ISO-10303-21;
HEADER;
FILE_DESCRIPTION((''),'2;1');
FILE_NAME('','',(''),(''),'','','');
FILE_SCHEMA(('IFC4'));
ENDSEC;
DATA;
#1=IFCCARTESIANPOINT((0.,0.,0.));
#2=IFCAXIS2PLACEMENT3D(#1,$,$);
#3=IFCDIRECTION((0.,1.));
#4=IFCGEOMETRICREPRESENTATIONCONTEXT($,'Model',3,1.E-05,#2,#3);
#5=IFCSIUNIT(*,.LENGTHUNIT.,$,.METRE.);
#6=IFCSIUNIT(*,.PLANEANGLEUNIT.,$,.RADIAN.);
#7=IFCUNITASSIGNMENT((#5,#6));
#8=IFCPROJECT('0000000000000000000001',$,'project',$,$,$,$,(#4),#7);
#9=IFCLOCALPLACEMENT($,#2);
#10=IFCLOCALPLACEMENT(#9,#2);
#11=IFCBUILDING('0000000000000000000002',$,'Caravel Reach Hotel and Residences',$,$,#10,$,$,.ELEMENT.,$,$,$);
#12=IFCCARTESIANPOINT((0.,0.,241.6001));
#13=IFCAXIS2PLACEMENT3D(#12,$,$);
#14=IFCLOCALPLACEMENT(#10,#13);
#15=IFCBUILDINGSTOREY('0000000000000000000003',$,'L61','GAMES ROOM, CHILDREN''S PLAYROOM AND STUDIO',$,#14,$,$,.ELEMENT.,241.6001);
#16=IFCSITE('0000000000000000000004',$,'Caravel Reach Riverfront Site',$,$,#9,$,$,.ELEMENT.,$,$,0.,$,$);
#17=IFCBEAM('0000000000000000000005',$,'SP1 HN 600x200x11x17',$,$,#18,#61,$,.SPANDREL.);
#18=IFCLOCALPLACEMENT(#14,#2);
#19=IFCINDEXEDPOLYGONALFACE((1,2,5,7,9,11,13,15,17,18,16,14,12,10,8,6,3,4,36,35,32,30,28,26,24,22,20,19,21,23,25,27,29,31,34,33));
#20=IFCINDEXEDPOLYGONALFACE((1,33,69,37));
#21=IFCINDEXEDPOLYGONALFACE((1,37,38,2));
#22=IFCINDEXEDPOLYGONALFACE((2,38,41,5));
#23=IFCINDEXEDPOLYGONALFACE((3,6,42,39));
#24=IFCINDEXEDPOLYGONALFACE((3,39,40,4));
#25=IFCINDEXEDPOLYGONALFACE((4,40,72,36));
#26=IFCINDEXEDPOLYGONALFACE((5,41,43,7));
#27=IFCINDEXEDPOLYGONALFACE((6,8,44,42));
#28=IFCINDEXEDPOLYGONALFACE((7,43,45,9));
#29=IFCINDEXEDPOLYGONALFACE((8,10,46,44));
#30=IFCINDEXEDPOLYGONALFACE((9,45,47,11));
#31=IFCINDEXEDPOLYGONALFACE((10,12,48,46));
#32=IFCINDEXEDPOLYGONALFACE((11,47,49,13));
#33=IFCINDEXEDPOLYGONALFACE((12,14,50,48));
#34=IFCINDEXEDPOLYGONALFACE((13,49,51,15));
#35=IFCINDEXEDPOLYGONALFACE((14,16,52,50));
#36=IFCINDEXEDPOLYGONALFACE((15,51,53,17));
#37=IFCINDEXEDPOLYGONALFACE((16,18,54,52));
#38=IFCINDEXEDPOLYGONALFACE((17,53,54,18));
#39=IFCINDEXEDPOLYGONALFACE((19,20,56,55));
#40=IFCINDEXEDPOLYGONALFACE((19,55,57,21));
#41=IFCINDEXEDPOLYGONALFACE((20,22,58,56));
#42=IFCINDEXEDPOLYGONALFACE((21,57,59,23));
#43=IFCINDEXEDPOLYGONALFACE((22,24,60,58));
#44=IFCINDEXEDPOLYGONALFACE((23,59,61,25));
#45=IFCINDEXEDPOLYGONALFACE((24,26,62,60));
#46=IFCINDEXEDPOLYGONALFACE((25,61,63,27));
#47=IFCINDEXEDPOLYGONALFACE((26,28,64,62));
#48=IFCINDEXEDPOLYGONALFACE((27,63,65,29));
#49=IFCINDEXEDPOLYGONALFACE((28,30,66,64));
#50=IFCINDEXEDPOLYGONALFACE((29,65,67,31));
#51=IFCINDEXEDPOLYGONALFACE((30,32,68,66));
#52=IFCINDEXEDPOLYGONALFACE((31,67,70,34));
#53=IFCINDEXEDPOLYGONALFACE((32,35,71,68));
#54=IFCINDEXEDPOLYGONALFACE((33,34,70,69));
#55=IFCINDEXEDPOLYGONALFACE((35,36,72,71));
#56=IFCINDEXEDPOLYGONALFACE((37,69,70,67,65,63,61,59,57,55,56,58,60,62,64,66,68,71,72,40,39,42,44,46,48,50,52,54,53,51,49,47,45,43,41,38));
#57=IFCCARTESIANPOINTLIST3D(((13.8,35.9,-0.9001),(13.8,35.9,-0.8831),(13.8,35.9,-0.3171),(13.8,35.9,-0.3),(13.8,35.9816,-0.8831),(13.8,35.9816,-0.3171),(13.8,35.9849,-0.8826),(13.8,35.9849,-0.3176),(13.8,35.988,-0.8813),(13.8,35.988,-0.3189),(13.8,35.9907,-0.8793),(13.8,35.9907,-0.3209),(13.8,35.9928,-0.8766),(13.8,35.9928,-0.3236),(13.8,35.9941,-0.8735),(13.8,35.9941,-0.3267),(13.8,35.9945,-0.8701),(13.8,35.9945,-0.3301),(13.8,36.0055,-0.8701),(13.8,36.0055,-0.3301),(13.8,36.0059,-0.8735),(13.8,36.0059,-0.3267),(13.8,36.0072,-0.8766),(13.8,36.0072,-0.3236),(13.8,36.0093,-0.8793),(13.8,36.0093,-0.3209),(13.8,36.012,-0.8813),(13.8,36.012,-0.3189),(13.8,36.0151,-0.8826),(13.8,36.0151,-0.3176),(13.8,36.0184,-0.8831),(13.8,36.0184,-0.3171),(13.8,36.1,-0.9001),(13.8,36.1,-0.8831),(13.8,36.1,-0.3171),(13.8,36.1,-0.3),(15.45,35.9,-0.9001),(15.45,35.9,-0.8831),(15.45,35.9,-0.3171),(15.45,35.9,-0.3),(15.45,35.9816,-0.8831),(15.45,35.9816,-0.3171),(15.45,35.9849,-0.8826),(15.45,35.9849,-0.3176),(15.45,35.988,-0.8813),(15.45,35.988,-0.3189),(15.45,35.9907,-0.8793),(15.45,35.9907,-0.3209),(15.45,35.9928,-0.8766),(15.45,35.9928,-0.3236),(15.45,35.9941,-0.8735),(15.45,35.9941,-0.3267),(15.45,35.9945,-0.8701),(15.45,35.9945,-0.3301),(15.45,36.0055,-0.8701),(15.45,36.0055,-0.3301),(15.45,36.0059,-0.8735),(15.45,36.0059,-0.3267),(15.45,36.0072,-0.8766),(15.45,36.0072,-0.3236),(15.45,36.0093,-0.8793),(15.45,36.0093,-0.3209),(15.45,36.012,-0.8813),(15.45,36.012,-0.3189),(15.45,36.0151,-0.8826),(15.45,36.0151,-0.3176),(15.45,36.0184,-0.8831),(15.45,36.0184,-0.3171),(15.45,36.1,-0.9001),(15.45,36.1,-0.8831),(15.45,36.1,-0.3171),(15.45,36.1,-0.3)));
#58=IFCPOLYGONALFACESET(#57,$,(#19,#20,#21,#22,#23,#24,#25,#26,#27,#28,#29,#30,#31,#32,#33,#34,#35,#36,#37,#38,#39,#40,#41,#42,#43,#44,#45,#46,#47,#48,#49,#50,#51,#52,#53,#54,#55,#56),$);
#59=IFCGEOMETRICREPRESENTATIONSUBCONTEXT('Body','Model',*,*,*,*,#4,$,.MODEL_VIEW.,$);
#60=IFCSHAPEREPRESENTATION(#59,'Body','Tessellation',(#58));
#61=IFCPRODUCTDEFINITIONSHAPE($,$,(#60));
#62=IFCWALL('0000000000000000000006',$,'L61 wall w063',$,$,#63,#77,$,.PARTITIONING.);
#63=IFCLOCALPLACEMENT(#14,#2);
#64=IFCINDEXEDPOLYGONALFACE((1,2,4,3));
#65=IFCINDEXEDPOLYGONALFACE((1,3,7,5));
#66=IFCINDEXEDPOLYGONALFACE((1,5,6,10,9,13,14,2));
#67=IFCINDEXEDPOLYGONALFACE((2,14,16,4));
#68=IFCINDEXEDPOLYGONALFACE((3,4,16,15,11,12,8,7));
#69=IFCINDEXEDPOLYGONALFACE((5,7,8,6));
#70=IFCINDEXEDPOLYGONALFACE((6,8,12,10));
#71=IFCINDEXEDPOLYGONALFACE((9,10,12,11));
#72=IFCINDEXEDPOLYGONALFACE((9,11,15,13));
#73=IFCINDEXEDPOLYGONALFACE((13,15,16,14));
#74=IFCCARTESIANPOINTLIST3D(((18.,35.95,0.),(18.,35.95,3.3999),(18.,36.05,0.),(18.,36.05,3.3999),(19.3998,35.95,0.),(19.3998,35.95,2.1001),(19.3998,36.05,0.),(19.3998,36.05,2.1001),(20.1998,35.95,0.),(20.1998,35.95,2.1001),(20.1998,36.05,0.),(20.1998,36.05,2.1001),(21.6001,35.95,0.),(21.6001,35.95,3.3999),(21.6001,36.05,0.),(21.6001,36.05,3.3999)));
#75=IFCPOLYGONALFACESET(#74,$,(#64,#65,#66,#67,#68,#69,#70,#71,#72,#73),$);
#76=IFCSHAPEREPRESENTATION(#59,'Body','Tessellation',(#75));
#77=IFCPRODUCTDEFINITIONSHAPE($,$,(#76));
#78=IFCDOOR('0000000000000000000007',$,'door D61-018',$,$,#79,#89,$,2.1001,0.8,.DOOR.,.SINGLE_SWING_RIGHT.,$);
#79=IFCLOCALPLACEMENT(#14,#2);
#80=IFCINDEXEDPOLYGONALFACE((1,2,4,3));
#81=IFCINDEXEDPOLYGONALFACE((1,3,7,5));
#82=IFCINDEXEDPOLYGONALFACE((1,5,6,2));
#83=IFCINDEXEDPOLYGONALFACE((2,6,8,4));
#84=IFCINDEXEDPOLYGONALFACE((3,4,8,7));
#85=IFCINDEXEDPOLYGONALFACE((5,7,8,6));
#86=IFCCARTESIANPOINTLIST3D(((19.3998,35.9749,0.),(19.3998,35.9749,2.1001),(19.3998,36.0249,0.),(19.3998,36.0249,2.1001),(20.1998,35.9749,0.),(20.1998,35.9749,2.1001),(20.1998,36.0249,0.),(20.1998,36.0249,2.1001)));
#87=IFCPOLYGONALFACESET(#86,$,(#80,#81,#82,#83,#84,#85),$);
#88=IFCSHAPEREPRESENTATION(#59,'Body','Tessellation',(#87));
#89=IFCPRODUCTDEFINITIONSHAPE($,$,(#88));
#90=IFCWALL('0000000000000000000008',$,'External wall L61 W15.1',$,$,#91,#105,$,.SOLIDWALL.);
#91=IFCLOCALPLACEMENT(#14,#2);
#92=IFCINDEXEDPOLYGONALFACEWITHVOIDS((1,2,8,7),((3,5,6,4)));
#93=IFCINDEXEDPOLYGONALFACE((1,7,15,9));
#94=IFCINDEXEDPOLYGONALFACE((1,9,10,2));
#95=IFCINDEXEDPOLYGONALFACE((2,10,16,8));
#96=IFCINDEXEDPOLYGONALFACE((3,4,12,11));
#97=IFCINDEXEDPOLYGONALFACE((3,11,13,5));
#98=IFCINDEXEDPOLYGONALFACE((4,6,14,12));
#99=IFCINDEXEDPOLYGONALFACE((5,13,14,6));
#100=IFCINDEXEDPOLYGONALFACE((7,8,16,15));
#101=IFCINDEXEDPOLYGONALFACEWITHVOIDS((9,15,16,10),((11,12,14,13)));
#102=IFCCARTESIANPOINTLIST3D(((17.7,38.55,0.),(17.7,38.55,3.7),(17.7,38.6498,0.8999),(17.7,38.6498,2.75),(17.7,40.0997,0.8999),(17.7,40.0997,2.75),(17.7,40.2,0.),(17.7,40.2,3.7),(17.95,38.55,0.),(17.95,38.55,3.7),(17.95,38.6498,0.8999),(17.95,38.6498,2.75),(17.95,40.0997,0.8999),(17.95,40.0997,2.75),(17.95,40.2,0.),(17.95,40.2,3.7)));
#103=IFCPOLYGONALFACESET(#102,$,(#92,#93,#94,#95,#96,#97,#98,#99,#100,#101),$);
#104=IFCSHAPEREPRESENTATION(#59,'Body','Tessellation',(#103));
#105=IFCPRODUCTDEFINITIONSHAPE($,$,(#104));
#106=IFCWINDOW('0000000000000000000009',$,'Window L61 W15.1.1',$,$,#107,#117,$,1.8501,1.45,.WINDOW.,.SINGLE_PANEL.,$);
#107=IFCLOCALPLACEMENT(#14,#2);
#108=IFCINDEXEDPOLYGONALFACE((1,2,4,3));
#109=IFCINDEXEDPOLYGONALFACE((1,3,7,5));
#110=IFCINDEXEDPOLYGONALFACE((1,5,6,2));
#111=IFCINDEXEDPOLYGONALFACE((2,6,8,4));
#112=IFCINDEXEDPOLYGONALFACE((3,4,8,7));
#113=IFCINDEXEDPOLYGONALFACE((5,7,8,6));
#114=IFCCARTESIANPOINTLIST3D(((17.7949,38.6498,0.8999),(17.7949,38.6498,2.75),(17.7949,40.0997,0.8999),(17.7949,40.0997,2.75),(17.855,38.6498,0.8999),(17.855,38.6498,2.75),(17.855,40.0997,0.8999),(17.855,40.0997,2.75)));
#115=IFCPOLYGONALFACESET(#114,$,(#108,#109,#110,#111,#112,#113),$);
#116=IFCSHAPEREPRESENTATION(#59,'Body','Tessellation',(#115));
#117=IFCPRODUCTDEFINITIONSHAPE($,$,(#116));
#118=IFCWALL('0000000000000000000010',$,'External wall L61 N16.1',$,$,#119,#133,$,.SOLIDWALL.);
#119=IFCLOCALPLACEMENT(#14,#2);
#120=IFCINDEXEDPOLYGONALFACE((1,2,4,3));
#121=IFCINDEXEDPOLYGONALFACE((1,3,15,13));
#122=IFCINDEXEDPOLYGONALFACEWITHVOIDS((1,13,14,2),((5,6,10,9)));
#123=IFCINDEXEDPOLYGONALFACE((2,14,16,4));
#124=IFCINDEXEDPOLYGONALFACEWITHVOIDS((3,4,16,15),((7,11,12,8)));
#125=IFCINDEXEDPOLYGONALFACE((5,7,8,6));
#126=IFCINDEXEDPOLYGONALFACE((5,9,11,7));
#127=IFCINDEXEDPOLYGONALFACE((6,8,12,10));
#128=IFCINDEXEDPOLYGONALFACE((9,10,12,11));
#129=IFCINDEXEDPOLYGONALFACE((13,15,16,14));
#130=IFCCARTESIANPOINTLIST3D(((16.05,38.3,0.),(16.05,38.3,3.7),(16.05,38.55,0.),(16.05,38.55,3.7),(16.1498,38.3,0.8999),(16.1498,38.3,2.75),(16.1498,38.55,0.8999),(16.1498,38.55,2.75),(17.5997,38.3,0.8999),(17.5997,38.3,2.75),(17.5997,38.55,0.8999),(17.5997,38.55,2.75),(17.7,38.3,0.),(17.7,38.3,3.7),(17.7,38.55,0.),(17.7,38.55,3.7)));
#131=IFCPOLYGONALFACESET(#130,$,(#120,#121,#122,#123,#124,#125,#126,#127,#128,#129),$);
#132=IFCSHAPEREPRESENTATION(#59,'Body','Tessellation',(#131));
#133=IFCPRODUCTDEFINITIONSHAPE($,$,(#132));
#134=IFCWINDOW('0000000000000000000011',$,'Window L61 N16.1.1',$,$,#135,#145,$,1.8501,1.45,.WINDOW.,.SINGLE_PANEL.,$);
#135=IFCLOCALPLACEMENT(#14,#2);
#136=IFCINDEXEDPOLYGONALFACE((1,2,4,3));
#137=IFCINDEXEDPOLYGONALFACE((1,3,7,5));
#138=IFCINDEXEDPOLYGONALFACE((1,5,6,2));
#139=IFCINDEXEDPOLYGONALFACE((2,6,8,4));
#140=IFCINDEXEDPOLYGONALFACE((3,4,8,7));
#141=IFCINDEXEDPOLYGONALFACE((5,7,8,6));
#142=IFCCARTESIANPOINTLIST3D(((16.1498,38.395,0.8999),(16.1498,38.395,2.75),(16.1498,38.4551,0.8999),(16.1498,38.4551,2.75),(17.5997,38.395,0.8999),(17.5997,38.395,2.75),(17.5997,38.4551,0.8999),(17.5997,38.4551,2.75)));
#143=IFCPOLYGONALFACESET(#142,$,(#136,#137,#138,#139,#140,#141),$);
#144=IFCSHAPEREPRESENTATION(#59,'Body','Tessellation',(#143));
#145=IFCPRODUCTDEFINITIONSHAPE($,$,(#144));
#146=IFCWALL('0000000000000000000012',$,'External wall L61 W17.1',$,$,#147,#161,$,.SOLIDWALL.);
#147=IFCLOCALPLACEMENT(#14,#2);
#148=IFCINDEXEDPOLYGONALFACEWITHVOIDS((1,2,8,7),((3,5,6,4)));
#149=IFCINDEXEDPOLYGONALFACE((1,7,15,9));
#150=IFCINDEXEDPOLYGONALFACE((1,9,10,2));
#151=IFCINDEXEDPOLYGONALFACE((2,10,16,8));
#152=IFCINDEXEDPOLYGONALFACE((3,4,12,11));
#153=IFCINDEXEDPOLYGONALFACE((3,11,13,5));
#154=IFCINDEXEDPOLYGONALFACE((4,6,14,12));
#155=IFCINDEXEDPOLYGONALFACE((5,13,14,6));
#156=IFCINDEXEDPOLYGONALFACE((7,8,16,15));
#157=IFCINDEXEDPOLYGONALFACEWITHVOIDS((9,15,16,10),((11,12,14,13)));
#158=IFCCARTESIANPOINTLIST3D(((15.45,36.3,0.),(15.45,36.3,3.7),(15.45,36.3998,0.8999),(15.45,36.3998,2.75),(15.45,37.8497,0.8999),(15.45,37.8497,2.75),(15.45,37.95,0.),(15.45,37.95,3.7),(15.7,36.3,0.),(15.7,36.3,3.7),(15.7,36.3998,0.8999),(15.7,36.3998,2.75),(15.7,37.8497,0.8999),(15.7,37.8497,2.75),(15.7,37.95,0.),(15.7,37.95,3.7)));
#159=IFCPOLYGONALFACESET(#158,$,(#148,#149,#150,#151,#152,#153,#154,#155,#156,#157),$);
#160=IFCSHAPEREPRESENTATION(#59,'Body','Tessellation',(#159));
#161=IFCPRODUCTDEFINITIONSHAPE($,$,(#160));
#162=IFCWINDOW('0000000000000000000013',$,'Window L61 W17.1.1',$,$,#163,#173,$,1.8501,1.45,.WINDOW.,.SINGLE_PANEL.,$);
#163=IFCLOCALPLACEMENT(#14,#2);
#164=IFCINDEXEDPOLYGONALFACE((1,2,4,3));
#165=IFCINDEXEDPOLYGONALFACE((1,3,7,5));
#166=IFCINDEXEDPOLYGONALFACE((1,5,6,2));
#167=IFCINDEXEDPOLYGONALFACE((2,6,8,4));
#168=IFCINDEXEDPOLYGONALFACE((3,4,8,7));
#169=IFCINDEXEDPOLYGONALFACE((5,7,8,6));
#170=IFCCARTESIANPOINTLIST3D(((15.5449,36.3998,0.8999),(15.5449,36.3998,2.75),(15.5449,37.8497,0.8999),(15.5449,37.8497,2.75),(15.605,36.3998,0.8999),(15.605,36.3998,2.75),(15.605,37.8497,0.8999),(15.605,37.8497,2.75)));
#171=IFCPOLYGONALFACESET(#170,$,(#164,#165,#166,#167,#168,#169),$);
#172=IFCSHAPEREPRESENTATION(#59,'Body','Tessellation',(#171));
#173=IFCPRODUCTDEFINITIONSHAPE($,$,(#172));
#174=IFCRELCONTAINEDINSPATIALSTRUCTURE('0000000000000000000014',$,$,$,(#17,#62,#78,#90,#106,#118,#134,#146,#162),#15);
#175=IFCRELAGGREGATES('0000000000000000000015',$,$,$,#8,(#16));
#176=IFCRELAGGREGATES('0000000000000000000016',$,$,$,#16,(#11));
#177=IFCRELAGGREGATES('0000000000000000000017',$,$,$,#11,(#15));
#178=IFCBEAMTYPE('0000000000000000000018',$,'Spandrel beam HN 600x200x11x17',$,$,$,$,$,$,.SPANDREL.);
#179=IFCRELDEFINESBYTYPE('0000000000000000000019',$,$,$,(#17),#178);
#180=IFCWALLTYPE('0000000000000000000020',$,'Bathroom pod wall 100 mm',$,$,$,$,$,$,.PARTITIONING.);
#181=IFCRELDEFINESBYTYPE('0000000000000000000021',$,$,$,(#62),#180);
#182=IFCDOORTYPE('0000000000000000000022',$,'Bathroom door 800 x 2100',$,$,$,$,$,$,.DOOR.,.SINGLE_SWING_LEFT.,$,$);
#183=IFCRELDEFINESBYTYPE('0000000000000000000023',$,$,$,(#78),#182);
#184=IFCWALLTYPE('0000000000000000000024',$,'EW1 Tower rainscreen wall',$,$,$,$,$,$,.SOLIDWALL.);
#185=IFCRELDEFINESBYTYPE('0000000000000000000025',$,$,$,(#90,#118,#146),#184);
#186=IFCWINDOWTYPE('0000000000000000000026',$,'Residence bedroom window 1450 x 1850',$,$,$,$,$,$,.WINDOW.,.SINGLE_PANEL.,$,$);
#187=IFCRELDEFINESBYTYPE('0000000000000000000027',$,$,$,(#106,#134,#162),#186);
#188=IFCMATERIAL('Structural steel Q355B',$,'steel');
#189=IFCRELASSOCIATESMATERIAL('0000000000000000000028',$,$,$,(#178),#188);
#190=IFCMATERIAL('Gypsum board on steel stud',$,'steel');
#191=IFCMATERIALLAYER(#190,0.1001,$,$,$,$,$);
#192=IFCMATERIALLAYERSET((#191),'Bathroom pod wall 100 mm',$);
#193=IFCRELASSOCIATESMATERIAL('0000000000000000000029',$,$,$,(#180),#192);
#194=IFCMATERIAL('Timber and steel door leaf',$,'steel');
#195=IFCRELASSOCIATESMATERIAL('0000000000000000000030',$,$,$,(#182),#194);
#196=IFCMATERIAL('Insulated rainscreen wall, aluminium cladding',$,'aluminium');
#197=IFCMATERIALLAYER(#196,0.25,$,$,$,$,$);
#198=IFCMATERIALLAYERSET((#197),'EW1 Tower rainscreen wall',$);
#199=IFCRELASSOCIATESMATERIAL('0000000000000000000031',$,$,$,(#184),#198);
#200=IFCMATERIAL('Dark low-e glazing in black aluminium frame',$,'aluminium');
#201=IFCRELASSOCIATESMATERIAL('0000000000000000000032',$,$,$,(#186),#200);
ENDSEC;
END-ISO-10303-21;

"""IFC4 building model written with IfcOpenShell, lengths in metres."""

from ifc_helpers import new_model, si_unit, direction, frame, frame_2d, origin, origin_2d, place, context, subcontext, project, spatial, rectangle, i_section, extrude, material, layer, layer_set, material_profile, profile_set, type_object, element, fill, save


model = new_model("IFC4")

# Units and contexts
model_context = context("Model", 3, precision=1e-05, world=origin(), true_north=direction((0.0, 1.0)))
body_context = subcontext(model_context, "Body", "Model", "MODEL_VIEW")
ifc_project = project(units=[si_unit("LENGTHUNIT", "METRE"), si_unit("PLANEANGLEUNIT", "RADIAN")], contexts=[model_context])

# Site, building, storey
site_placement = place(None, origin())
site = spatial("IfcSite", under=ifc_project, at=site_placement, Name="Caravel Reach Riverfront Site", CompositionType="ELEMENT", RefElevation=0.0)
building_placement = place(site_placement, origin())
building = spatial("IfcBuilding", under=site, at=building_placement, Name="Caravel Reach Hotel and Residences", CompositionType="ELEMENT")
storey_placement = place(building_placement, frame((0.0, 0.0, 241.6001)))
storey = spatial("IfcBuildingStorey", under=building, at=storey_placement, Name="L61", Description="GAMES ROOM, CHILDREN'S PLAYROOM AND STUDIO", CompositionType="ELEMENT", Elevation=241.6001)

# Beam
ifc_material_1 = material(Name="Structural steel Q355B", Category="steel")
ifc_material_profile_1 = material_profile(ifc_material_1, i_section(OverallWidth=0.2, OverallDepth=0.6001, WebThickness=0.011, FlangeThickness=0.0171, FilletRadius=0.0129, at=origin_2d()), Name="HN 600x200x11x17")
ifc_profile_set_1 = profile_set([ifc_material_profile_1], Name="Structural steel Q355B")
beam_type = type_object("IfcBeamType", Name="Spandrel beam HN 600x200x11x17", PredefinedType="SPANDREL", material=ifc_profile_set_1)
for number, where, z_axis, x_axis, name in (
    (1, (15.45, 36.0, -0.6001), (-1.0, 0.0, 0.0), (0.0, -1.0, 0.0), "SP1 HN 600x200x11x17"),
):
    element("IfcBeam", number, at=place(storey_placement, frame(where, z_axis=z_axis, x_axis=x_axis)), inside=storey, type_object=beam_type, Name=name, PredefinedType="SPANDREL", context=body_context, shape_type="SweptSolid", body=[
        extrude(i_section(OverallWidth=0.2, OverallDepth=0.6001, WebThickness=0.011, FlangeThickness=0.0171, FilletRadius=0.0129, at=origin_2d()), origin(), (0.0, 0.0, 1.0), 1.6499),
    ])

# Wall, opening, door
ifc_material_2 = material(Name="Gypsum board on steel stud", Category="steel")
ifc_layer_1 = layer(ifc_material_2, 0.1001)
ifc_layer_set_1 = layer_set([ifc_layer_1], Name="Bathroom pod wall 100 mm")
wall_type_1 = type_object("IfcWallType", Name="Bathroom pod wall 100 mm", PredefinedType="PARTITIONING", material=ifc_layer_set_1)
wall_1_placement = place(storey_placement, frame((18.0, 36.0, 0.0), z_axis=(0.0, 0.0, 1.0), x_axis=(1.0, 0.0, 0.0)))
wall_1 = element("IfcWall", 2, at=wall_1_placement, inside=storey, type_object=wall_type_1, Name="L61 wall w063", PredefinedType="PARTITIONING", context=body_context, shape_type="SweptSolid", body=[
    extrude(rectangle(XDim=3.6001, YDim=0.1001, at=frame_2d((1.8, 0.0))), origin(), (0.0, 0.0, 1.0), 3.3999),
])
opening_1_placement = place(wall_1_placement, frame((1.3999, 0.0, 0.0)))
opening_1 = element("IfcOpeningElement", 3, at=opening_1_placement, cuts=wall_1, PredefinedType="OPENING", context=body_context, shape_type="SweptSolid", body=[
    extrude(rectangle(XDim=0.8, YDim=2.1001, at=frame_2d((0.3999, 1.05))), frame((0.0, 0.0601, 0.0), z_axis=(0.0, -1.0, 0.0), x_axis=(1.0, 0.0, 0.0)), (0.0, 0.0, 1.0), 0.1201),
])
ifc_material_3 = material(Name="Timber and steel door leaf", Category="steel")
door_type = type_object("IfcDoorType", Name="Bathroom door 800 x 2100", OperationType="SINGLE_SWING_LEFT", PredefinedType="DOOR", material=ifc_material_3)
door_placement = place(opening_1_placement, origin())
door = element("IfcDoor", 4, at=door_placement, inside=storey, type_object=door_type, Name="door D61-018", OperationType="SINGLE_SWING_RIGHT", OverallHeight=2.1001, OverallWidth=0.8, PredefinedType="DOOR", context=body_context, shape_type="SweptSolid", body=[
    extrude(rectangle(XDim=0.8, YDim=2.1001, at=frame_2d((0.3999, 1.05))), frame((0.0, 0.0249, 0.0), z_axis=(0.0, -1.0, 0.0), x_axis=(1.0, 0.0, 0.0)), (0.0, 0.0, 1.0), 0.05),
])
fill(opening_1, door)

# Walls, openings, windows
ifc_material_4 = material(Name="Insulated rainscreen wall, aluminium cladding", Category="aluminium")
ifc_layer_2 = layer(ifc_material_4, 0.25)
ifc_layer_set_2 = layer_set([ifc_layer_2], Name="EW1 Tower rainscreen wall")
wall_type_2 = type_object("IfcWallType", Name="EW1 Tower rainscreen wall", PredefinedType="SOLIDWALL", material=ifc_layer_set_2)
wall_2_placement = place(storey_placement, frame((17.825, 40.2, 0.0), z_axis=(0.0, 0.0, 1.0), x_axis=(0.0, -1.0, 0.0)))
wall_2 = element("IfcWall", 5, at=wall_2_placement, inside=storey, type_object=wall_type_2, Name="External wall L61 W15.1", PredefinedType="SOLIDWALL", context=body_context, shape_type="SweptSolid", body=[
    extrude(rectangle(XDim=1.6499, YDim=0.25, at=frame_2d((0.825, 0.0))), origin(), (0.0, 0.0, 1.0), 3.7),
])
opening_2_placement = place(wall_2_placement, frame((0.1001, 0.0, 0.8999)))
opening_2 = element("IfcOpeningElement", 6, at=opening_2_placement, cuts=wall_2, PredefinedType="OPENING", context=body_context, shape_type="SweptSolid", body=[
    extrude(rectangle(XDim=1.45, YDim=1.8501, at=frame_2d((0.7251, 0.925))), frame((0.0, 0.135, 0.0), z_axis=(0.0, -1.0, 0.0), x_axis=(1.0, 0.0, 0.0)), (0.0, 0.0, 1.0), 0.27),
])
ifc_material_5 = material(Name="Dark low-e glazing in black aluminium frame", Category="aluminium")
window_type = type_object("IfcWindowType", Name="Residence bedroom window 1450 x 1850", PartitioningType="SINGLE_PANEL", PredefinedType="WINDOW", material=ifc_material_5)
window_1_placement = place(opening_2_placement, origin())
window_1 = element("IfcWindow", 7, at=window_1_placement, inside=storey, type_object=window_type, Name="Window L61 W15.1.1", OverallHeight=1.8501, OverallWidth=1.45, PartitioningType="SINGLE_PANEL", PredefinedType="WINDOW", context=body_context, shape_type="SweptSolid", body=[
    extrude(rectangle(XDim=1.45, YDim=1.8501, at=frame_2d((0.7251, 0.925))), frame((0.0, 0.03, 0.0), z_axis=(0.0, -1.0, 0.0), x_axis=(1.0, 0.0, 0.0)), (0.0, 0.0, 1.0), 0.0601),
])
fill(opening_2, window_1)
wall_3_placement = place(storey_placement, frame((17.7, 38.425, 0.0), z_axis=(0.0, 0.0, 1.0), x_axis=(-1.0, 0.0, 0.0)))
wall_3 = element("IfcWall", 8, at=wall_3_placement, inside=storey, type_object=wall_type_2, Name="External wall L61 N16.1", PredefinedType="SOLIDWALL", context=body_context, shape_type="SweptSolid", body=[
    extrude(rectangle(XDim=1.6499, YDim=0.25, at=frame_2d((0.825, 0.0))), origin(), (0.0, 0.0, 1.0), 3.7),
])
opening_3_placement = place(wall_3_placement, frame((0.1001, 0.0, 0.8999)))
opening_3 = element("IfcOpeningElement", 9, at=opening_3_placement, cuts=wall_3, PredefinedType="OPENING", context=body_context, shape_type="SweptSolid", body=[
    extrude(rectangle(XDim=1.45, YDim=1.8501, at=frame_2d((0.7251, 0.925))), frame((0.0, 0.135, 0.0), z_axis=(0.0, -1.0, 0.0), x_axis=(1.0, 0.0, 0.0)), (0.0, 0.0, 1.0), 0.27),
])
window_2_placement = place(opening_3_placement, origin())
window_2 = element("IfcWindow", 10, at=window_2_placement, inside=storey, type_object=window_type, Name="Window L61 N16.1.1", OverallHeight=1.8501, OverallWidth=1.45, PartitioningType="SINGLE_PANEL", PredefinedType="WINDOW", context=body_context, shape_type="SweptSolid", body=[
    extrude(rectangle(XDim=1.45, YDim=1.8501, at=frame_2d((0.7251, 0.925))), frame((0.0, 0.03, 0.0), z_axis=(0.0, -1.0, 0.0), x_axis=(1.0, 0.0, 0.0)), (0.0, 0.0, 1.0), 0.0601),
])
fill(opening_3, window_2)
wall_4_placement = place(storey_placement, frame((15.575, 37.95, 0.0), z_axis=(0.0, 0.0, 1.0), x_axis=(0.0, -1.0, 0.0)))
wall_4 = element("IfcWall", 11, at=wall_4_placement, inside=storey, type_object=wall_type_2, Name="External wall L61 W17.1", PredefinedType="SOLIDWALL", context=body_context, shape_type="SweptSolid", body=[
    extrude(rectangle(XDim=1.6499, YDim=0.25, at=frame_2d((0.825, 0.0))), origin(), (0.0, 0.0, 1.0), 3.7),
])
opening_4_placement = place(wall_4_placement, frame((0.1001, 0.0, 0.8999)))
opening_4 = element("IfcOpeningElement", 12, at=opening_4_placement, cuts=wall_4, PredefinedType="OPENING", context=body_context, shape_type="SweptSolid", body=[
    extrude(rectangle(XDim=1.45, YDim=1.8501, at=frame_2d((0.7251, 0.925))), frame((0.0, 0.135, 0.0), z_axis=(0.0, -1.0, 0.0), x_axis=(1.0, 0.0, 0.0)), (0.0, 0.0, 1.0), 0.27),
])
window_3_placement = place(opening_4_placement, origin())
window_3 = element("IfcWindow", 13, at=window_3_placement, inside=storey, type_object=window_type, Name="Window L61 W17.1.1", OverallHeight=1.8501, OverallWidth=1.45, PartitioningType="SINGLE_PANEL", PredefinedType="WINDOW", context=body_context, shape_type="SweptSolid", body=[
    extrude(rectangle(XDim=1.45, YDim=1.8501, at=frame_2d((0.7251, 0.925))), frame((0.0, 0.03, 0.0), z_axis=(0.0, -1.0, 0.0), x_axis=(1.0, 0.0, 0.0)), (0.0, 0.0, 1.0), 0.0601),
])
fill(opening_4, window_3)

save(model, "model.ifc")
